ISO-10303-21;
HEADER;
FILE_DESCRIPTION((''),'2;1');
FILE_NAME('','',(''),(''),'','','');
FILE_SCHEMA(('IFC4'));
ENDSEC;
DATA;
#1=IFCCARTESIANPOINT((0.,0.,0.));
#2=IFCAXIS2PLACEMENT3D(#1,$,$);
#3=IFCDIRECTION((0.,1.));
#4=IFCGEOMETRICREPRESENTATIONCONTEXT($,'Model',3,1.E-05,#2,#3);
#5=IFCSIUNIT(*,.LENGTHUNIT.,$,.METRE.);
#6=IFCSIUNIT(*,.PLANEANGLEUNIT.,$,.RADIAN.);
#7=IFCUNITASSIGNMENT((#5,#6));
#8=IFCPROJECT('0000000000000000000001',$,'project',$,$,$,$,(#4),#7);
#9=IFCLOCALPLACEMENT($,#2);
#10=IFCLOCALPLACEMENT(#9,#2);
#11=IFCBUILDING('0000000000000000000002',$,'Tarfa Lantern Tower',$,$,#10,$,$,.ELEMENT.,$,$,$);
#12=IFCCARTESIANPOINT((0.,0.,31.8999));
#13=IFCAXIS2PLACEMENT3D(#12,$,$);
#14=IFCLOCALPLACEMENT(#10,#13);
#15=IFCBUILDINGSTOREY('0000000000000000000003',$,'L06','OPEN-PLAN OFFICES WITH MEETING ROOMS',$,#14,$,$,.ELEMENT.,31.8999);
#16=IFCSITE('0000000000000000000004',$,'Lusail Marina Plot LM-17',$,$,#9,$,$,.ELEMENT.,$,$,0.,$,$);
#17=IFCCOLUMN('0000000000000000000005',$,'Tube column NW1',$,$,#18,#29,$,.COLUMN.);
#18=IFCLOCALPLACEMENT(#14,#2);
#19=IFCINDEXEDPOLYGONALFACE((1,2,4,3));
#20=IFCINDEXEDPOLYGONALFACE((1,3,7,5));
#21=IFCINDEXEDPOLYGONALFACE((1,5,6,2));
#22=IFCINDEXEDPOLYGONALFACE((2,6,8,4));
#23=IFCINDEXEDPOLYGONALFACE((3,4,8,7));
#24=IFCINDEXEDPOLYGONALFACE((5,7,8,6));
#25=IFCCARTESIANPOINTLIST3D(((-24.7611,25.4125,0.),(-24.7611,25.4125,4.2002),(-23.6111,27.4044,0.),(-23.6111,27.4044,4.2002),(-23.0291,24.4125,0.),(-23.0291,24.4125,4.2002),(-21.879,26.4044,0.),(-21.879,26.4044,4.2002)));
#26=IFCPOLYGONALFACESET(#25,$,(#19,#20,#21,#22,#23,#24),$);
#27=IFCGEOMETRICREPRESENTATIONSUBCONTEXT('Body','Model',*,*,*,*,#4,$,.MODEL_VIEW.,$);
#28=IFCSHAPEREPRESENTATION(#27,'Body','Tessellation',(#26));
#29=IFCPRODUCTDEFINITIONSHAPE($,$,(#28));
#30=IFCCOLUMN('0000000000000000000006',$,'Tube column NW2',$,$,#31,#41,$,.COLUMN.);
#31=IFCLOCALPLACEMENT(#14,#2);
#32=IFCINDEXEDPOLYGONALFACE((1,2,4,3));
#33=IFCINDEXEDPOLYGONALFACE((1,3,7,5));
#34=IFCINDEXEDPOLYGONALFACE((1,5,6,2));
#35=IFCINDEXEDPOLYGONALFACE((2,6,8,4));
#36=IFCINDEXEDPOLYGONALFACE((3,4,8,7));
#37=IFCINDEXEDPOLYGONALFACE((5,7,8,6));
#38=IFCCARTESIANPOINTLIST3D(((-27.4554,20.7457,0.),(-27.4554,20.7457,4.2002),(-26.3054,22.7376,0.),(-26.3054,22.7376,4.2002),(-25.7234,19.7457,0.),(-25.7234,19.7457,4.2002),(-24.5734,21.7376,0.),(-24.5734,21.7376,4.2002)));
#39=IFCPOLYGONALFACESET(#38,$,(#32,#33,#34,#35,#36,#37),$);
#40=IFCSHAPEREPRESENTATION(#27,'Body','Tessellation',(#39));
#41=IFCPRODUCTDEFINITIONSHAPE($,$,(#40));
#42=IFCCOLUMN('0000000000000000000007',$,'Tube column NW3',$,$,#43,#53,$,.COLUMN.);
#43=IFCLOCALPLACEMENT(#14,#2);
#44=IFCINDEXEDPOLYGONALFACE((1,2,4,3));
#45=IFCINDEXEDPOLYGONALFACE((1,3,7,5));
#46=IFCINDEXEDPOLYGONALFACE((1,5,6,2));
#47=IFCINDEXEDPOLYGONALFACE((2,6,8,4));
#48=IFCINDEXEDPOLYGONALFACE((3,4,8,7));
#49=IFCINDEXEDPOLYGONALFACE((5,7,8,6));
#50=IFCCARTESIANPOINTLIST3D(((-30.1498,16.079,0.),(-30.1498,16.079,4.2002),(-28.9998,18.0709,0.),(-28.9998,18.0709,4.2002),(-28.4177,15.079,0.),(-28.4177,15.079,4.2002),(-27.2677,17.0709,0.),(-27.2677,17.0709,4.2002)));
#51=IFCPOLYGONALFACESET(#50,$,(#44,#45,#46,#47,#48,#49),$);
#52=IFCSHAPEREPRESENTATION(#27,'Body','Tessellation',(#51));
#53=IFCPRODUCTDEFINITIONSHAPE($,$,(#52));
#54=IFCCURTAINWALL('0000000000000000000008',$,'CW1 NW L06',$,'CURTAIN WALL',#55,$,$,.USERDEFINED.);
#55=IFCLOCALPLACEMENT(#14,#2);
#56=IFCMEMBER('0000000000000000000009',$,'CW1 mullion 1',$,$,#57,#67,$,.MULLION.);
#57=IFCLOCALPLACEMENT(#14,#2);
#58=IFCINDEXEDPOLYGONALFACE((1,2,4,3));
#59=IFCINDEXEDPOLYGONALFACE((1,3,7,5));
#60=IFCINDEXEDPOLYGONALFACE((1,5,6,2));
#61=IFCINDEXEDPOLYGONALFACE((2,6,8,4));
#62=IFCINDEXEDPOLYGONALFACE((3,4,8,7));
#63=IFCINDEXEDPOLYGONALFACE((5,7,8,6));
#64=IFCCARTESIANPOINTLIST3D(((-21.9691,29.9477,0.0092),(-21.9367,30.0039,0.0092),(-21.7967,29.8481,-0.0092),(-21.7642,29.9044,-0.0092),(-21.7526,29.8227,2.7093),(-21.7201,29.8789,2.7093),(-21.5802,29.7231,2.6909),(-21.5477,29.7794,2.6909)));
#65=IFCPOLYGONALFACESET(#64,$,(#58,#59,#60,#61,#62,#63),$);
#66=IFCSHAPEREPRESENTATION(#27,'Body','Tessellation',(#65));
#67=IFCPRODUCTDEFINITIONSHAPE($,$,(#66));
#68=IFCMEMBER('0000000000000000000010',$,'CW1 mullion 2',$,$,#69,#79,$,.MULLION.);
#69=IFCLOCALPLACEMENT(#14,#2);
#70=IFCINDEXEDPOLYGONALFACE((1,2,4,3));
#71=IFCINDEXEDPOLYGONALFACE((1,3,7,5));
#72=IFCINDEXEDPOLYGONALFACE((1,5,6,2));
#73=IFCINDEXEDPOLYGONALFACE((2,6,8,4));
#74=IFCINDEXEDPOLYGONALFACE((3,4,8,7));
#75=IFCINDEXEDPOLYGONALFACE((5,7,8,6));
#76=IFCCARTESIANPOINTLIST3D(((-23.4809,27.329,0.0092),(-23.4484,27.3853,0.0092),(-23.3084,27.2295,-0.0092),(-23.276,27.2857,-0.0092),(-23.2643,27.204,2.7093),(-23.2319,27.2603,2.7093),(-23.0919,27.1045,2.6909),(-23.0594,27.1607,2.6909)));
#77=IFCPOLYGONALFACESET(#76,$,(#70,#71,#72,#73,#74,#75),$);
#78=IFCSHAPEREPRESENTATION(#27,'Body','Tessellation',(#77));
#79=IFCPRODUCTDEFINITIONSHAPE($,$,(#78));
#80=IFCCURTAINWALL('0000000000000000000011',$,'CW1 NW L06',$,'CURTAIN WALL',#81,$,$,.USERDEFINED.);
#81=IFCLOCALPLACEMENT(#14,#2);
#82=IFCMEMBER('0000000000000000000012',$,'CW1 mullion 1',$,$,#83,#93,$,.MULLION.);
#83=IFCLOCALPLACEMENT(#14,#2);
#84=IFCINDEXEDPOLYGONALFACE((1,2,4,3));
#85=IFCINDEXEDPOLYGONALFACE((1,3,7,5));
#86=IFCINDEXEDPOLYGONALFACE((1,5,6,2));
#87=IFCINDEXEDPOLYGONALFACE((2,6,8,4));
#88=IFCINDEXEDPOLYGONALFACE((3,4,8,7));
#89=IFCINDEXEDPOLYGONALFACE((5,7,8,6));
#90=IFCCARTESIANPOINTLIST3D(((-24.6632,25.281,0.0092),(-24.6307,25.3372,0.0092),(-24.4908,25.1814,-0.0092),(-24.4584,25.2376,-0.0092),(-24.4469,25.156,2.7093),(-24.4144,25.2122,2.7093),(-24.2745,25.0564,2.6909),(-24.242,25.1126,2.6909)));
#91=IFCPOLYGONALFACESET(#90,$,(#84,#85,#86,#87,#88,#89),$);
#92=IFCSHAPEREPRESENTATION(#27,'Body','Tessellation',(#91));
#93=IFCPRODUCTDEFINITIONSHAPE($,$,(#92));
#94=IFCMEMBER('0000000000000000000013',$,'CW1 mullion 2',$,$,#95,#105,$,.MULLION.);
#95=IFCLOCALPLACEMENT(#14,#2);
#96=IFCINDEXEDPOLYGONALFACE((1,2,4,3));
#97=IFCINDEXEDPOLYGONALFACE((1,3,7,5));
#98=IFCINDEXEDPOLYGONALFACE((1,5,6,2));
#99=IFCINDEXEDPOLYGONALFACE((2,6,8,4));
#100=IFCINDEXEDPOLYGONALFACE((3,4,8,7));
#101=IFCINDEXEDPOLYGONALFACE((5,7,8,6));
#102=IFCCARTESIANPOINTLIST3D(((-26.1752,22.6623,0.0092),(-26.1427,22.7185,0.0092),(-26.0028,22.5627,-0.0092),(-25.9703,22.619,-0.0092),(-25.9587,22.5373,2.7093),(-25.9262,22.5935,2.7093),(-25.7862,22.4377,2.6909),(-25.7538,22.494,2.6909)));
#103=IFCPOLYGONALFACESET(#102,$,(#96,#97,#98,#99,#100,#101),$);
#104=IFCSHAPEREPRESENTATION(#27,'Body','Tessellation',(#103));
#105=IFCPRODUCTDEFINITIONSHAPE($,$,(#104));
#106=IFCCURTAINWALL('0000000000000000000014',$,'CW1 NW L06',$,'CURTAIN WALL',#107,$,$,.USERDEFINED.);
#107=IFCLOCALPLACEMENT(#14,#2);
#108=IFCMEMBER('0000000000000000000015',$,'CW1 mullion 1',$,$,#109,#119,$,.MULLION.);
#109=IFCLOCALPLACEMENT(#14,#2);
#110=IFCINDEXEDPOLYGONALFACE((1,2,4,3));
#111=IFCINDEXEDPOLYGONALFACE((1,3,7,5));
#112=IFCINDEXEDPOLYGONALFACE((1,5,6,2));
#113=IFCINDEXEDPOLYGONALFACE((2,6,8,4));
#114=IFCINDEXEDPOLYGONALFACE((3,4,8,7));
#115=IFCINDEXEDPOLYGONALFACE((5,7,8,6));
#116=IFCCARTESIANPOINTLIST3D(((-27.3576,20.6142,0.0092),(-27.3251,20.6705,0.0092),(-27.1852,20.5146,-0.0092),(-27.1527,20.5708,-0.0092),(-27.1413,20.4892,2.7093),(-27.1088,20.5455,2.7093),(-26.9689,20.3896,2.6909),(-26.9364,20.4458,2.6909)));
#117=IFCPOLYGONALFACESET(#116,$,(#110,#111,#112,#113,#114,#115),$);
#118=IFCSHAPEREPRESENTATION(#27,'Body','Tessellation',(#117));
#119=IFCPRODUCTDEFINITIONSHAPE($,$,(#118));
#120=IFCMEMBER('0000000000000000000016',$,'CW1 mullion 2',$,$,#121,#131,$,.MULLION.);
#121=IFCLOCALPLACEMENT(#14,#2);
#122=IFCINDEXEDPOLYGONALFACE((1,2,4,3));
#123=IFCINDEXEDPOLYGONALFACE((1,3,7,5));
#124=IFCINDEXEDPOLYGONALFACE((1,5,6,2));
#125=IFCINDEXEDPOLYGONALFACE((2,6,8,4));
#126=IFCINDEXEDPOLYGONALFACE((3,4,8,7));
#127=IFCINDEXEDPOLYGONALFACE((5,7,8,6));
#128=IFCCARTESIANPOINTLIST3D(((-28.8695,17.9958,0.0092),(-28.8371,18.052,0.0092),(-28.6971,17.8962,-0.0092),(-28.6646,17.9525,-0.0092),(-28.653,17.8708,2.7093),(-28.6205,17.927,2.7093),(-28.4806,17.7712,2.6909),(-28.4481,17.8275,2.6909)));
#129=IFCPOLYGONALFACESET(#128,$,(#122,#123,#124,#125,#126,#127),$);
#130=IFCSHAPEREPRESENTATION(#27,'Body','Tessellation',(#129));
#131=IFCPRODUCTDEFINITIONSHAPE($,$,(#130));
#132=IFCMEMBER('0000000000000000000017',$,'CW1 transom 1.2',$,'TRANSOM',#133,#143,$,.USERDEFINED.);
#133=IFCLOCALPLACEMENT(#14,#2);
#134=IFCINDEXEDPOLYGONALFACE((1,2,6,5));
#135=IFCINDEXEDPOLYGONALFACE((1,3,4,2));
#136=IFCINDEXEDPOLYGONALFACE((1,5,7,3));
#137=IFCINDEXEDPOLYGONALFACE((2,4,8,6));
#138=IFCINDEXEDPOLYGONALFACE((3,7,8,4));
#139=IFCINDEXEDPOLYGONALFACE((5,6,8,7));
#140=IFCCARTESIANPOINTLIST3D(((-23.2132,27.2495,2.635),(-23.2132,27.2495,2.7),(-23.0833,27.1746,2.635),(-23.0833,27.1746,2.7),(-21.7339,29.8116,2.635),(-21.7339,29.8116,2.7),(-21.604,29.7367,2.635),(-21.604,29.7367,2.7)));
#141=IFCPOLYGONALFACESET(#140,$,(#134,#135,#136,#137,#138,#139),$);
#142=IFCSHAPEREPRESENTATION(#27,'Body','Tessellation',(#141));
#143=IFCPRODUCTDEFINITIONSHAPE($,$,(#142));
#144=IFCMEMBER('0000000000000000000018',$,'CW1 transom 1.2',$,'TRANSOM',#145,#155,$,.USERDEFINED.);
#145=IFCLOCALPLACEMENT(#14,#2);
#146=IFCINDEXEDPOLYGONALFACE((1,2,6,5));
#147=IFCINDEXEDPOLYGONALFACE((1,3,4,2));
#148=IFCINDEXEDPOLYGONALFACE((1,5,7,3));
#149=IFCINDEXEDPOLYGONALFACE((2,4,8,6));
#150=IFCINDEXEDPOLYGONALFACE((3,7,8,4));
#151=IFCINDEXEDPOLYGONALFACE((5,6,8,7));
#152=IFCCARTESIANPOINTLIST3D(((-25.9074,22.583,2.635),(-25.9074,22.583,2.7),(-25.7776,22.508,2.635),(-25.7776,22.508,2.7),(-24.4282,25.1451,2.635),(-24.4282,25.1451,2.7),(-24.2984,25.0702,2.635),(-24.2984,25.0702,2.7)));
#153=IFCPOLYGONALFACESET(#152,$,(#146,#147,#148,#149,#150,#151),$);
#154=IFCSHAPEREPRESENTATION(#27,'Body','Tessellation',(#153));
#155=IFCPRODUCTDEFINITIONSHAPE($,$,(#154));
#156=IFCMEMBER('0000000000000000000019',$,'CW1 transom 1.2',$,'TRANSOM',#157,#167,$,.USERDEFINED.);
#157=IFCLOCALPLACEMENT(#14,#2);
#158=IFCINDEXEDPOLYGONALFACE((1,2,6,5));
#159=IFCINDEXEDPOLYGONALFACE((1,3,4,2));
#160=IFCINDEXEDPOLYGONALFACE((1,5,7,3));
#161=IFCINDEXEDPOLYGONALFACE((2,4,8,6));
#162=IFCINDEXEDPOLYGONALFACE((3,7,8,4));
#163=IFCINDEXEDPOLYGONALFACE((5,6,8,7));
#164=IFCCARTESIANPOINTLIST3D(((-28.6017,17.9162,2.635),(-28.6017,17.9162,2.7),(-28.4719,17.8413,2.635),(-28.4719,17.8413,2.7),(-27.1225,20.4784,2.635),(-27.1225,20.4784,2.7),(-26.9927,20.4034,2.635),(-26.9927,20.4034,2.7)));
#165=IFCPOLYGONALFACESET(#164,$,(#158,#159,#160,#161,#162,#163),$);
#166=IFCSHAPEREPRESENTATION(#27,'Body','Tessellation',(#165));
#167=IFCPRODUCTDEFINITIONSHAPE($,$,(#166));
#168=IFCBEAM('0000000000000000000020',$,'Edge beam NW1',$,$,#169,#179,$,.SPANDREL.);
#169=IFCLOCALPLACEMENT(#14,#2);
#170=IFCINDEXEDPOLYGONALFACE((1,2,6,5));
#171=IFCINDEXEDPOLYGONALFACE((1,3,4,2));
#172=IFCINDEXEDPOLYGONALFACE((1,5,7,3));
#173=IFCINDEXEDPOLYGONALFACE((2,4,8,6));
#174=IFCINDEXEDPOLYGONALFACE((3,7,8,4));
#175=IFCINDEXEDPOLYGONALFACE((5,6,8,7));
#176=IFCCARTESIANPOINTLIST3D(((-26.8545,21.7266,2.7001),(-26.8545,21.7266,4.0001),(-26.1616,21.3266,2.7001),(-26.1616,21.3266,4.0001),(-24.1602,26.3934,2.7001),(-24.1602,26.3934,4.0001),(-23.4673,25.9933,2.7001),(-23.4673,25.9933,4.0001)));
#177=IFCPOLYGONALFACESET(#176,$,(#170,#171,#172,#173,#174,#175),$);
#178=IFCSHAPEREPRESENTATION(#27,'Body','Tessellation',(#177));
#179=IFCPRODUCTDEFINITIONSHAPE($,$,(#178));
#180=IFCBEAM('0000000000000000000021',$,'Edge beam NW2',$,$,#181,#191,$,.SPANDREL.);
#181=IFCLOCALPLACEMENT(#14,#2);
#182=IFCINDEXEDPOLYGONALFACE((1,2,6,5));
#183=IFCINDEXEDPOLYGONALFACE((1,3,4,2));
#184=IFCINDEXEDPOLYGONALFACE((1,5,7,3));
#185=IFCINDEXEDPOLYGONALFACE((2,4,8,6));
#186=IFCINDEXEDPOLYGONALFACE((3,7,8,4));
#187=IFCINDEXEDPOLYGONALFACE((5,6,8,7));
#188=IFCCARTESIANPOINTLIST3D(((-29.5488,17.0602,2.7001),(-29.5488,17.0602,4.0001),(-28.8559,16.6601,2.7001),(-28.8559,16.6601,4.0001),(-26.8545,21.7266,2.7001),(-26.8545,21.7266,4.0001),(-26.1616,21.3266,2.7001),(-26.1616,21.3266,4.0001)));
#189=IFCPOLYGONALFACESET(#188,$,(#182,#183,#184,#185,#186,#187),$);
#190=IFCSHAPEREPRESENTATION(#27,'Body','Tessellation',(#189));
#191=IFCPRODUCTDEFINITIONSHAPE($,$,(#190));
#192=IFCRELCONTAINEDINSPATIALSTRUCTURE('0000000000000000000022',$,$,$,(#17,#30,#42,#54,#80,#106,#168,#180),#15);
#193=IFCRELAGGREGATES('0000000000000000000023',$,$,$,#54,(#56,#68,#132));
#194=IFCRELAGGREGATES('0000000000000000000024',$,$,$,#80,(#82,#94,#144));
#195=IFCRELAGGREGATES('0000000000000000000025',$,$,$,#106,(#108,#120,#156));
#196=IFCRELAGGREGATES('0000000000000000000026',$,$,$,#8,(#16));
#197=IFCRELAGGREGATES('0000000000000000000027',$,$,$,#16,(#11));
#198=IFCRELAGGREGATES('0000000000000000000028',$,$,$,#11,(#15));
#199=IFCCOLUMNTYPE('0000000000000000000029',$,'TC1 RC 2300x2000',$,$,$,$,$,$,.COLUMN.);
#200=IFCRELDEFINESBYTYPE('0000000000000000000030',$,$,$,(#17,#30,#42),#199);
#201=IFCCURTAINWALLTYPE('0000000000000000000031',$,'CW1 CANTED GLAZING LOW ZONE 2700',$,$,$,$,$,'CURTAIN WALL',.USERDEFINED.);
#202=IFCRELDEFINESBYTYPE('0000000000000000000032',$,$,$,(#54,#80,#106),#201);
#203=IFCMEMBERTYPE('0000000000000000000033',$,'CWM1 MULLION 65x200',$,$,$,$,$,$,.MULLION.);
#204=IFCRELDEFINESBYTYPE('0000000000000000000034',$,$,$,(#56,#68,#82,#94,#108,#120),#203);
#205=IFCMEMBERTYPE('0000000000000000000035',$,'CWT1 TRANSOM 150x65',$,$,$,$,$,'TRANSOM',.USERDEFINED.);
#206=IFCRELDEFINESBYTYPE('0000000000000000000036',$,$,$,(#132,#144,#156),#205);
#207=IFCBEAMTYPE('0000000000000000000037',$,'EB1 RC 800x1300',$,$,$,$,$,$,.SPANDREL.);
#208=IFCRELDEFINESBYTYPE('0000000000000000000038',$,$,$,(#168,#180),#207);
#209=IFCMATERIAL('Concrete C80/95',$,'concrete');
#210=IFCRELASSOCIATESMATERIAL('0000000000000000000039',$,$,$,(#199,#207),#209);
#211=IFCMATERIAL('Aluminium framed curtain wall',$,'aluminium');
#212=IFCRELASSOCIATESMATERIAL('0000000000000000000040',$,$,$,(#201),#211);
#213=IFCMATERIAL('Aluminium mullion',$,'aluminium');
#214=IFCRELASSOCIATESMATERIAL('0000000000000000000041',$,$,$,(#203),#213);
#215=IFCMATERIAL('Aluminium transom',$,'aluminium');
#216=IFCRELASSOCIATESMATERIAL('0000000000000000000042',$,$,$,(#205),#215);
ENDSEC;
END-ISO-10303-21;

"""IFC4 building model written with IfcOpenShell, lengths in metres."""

from ifc_helpers import new_model, si_unit, direction, frame, origin, origin_2d, place, context, subcontext, project, spatial, rectangle, extrude, material, material_profile, profile_set, type_object, element, aggregate, save


model = new_model("IFC4")

# Units and contexts
model_context = context("Model", 3, precision=1e-05, world=origin(), true_north=direction((0.0, 1.0)))
body_context = subcontext(model_context, "Body", "Model", "MODEL_VIEW")
ifc_project = project(units=[si_unit("LENGTHUNIT", "METRE"), si_unit("PLANEANGLEUNIT", "RADIAN")], contexts=[model_context])

# Site, building, storey
site_placement = place(None, origin())
site = spatial("IfcSite", under=ifc_project, at=site_placement, Name="Lusail Marina Plot LM-17", CompositionType="ELEMENT", RefElevation=0.0)
building_placement = place(site_placement, origin())
building = spatial("IfcBuilding", under=site, at=building_placement, Name="Tarfa Lantern Tower", CompositionType="ELEMENT")
storey_placement = place(building_placement, frame((0.0, 0.0, 31.8999)))
storey = spatial("IfcBuildingStorey", under=building, at=storey_placement, Name="L06", Description="OPEN-PLAN OFFICES WITH MEETING ROOMS", CompositionType="ELEMENT", Elevation=31.8999)

# Columns
ifc_material_1 = material(Name="Concrete C80/95", Category="concrete")
ifc_material_profile_1 = material_profile(ifc_material_1, rectangle(XDim=2.3, YDim=2.0, at=origin_2d()), Name="RC 2300x2000")
ifc_profile_set_1 = profile_set([ifc_material_profile_1], Name="Concrete C80/95")
column_type = type_object("IfcColumnType", Name="TC1 RC 2300x2000", PredefinedType="COLUMN", material=ifc_profile_set_1)
for number, where, z_axis, x_axis, name in (
    (1, (-23.3201, 25.9084, 0.0), (0.0, 0.0, 1.0), (-0.5, -0.866025, 0.0), "Tube column NW1"),
    (2, (-26.0144, 21.2417, 0.0), (0.0, 0.0, 1.0), (-0.5, -0.866025, 0.0), "Tube column NW2"),
    (3, (-28.7087, 16.575, 0.0), (0.0, 0.0, 1.0), (-0.5, -0.866025, 0.0), "Tube column NW3"),
):
    element("IfcColumn", number, at=place(storey_placement, frame(where, z_axis=z_axis, x_axis=x_axis)), inside=storey, type_object=column_type, Name=name, PredefinedType="COLUMN", context=body_context, shape_type="SweptSolid", body=[
        extrude(rectangle(XDim=2.3, YDim=2.0, at=origin_2d()), origin(), (0.0, 0.0, 1.0), 4.2002),
    ])

# Curtain walls, members
ifc_material_2 = material(Name="Aluminium framed curtain wall", Category="aluminium")
curtain_wall_type = type_object("IfcCurtainWallType", Name="CW1 CANTED GLAZING LOW ZONE 2700", ElementType="CURTAIN WALL", PredefinedType="USERDEFINED", material=ifc_material_2)
curtain_wall_1_placement = place(storey_placement, origin())
curtain_wall_1 = element("IfcCurtainWall", 4, at=curtain_wall_1_placement, inside=storey, type_object=curtain_wall_type, Name="CW1 NW L06", ObjectType="CURTAIN WALL", PredefinedType="USERDEFINED")
ifc_material_3 = material(Name="Aluminium mullion", Category="aluminium")
ifc_material_profile_2 = material_profile(ifc_material_3, rectangle(XDim=0.0649, YDim=0.2, at=origin_2d()), Name="AL MULLION 65x200")
ifc_profile_set_2 = profile_set([ifc_material_profile_2], Name="Aluminium mullion")
member_type_1 = type_object("IfcMemberType", Name="CWM1 MULLION 65x200", PredefinedType="MULLION", material=ifc_profile_set_2)
member_1_placement = place(storey_placement, frame((-21.8667, 29.926, 0.0), z_axis=(0.079857, -0.046096, 0.99574), x_axis=(0.49992, 0.866072, 0.0)))
member_1 = element("IfcMember", 5, at=member_1_placement, type_object=member_type_1, Name="CW1 mullion 1", PredefinedType="MULLION", context=body_context, shape_type="SweptSolid", body=[
    extrude(rectangle(XDim=0.0649, YDim=0.2, at=origin_2d()), origin(), (0.0, 0.0, 1.0), 2.7117),
])
member_2_placement = place(storey_placement, frame((-23.3784, 27.3074, 0.0), z_axis=(0.079857, -0.046096, 0.99574), x_axis=(0.49992, 0.866072, 0.0)))
member_2 = element("IfcMember", 6, at=member_2_placement, type_object=member_type_1, Name="CW1 mullion 2", PredefinedType="MULLION", context=body_context, shape_type="SweptSolid", body=[
    extrude(rectangle(XDim=0.0649, YDim=0.2, at=origin_2d()), origin(), (0.0, 0.0, 1.0), 2.7117),
])
curtain_wall_2_placement = place(storey_placement, origin())
curtain_wall_2 = element("IfcCurtainWall", 7, at=curtain_wall_2_placement, inside=storey, type_object=curtain_wall_type, Name="CW1 NW L06", ObjectType="CURTAIN WALL", PredefinedType="USERDEFINED")
member_3_placement = place(storey_placement, frame((-24.5608, 25.2593, 0.0), z_axis=(0.079768, -0.046096, 0.995747), x_axis=(0.500343, 0.865827, 0.0)))
member_3 = element("IfcMember", 8, at=member_3_placement, type_object=member_type_1, Name="CW1 mullion 1", PredefinedType="MULLION", context=body_context, shape_type="SweptSolid", body=[
    extrude(rectangle(XDim=0.0649, YDim=0.2, at=origin_2d()), origin(), (0.0, 0.0, 1.0), 2.7117),
])
member_4_placement = place(storey_placement, frame((-26.0728, 22.6406, 0.0), z_axis=(0.079857, -0.046096, 0.99574), x_axis=(0.49992, 0.866072, 0.0)))
member_4 = element("IfcMember", 9, at=member_4_placement, type_object=member_type_1, Name="CW1 mullion 2", PredefinedType="MULLION", context=body_context, shape_type="SweptSolid", body=[
    extrude(rectangle(XDim=0.0649, YDim=0.2, at=origin_2d()), origin(), (0.0, 0.0, 1.0), 2.7117),
])
curtain_wall_3_placement = place(storey_placement, origin())
curtain_wall_3 = element("IfcCurtainWall", 10, at=curtain_wall_3_placement, inside=storey, type_object=curtain_wall_type, Name="CW1 NW L06", ObjectType="CURTAIN WALL", PredefinedType="USERDEFINED")
member_5_placement = place(storey_placement, frame((-27.2551, 20.5925, 0.0), z_axis=(0.079768, -0.046096, 0.995747), x_axis=(0.500343, 0.865827, 0.0)))
member_5 = element("IfcMember", 11, at=member_5_placement, type_object=member_type_1, Name="CW1 mullion 1", PredefinedType="MULLION", context=body_context, shape_type="SweptSolid", body=[
    extrude(rectangle(XDim=0.0649, YDim=0.2, at=origin_2d()), origin(), (0.0, 0.0, 1.0), 2.7117),
])
member_6_placement = place(storey_placement, frame((-28.7671, 17.9741, 0.0), z_axis=(0.079857, -0.046096, 0.99574), x_axis=(0.49992, 0.866072, 0.0)))
member_6 = element("IfcMember", 12, at=member_6_placement, type_object=member_type_1, Name="CW1 mullion 2", PredefinedType="MULLION", context=body_context, shape_type="SweptSolid", body=[
    extrude(rectangle(XDim=0.0649, YDim=0.2, at=origin_2d()), origin(), (0.0, 0.0, 1.0), 2.7117),
])

# Members
ifc_material_4 = material(Name="Aluminium transom", Category="aluminium")
ifc_material_profile_3 = material_profile(ifc_material_4, rectangle(XDim=0.1499, YDim=0.0649, at=origin_2d()), Name="AL TRANSOM 150x65")
ifc_profile_set_3 = profile_set([ifc_material_profile_3], Name="Aluminium transom")
member_type_2 = type_object("IfcMemberType", Name="CWT1 TRANSOM 150x65", ElementType="TRANSOM", PredefinedType="USERDEFINED", material=ifc_profile_set_3)
member_7_placement = place(storey_placement, frame((-21.6689, 29.7742, 2.6675), z_axis=(-0.500018, -0.866015, 0.0), x_axis=(0.866015, -0.500018, 0.0)))
member_7 = element("IfcMember", 13, at=member_7_placement, type_object=member_type_2, Name="CW1 transom 1.2", ObjectType="TRANSOM", PredefinedType="USERDEFINED", context=body_context, shape_type="SweptSolid", body=[
    extrude(rectangle(XDim=0.1499, YDim=0.0649, at=origin_2d()), origin(), (0.0, 0.0, 1.0), 2.9585),
])
member_8_placement = place(storey_placement, frame((-24.3633, 25.1077, 2.6675), z_axis=(-0.499982, -0.866036, 0.0), x_axis=(0.866036, -0.499982, 0.0)))
member_8 = element("IfcMember", 14, at=member_8_placement, type_object=member_type_2, Name="CW1 transom 1.2", ObjectType="TRANSOM", PredefinedType="USERDEFINED", context=body_context, shape_type="SweptSolid", body=[
    extrude(rectangle(XDim=0.1499, YDim=0.0649, at=origin_2d()), origin(), (0.0, 0.0, 1.0), 2.9585),
])
member_9_placement = place(storey_placement, frame((-27.0576, 20.4409, 2.6675), z_axis=(-0.499982, -0.866036, 0.0), x_axis=(0.866036, -0.499982, 0.0)))
member_9 = element("IfcMember", 15, at=member_9_placement, type_object=member_type_2, Name="CW1 transom 1.2", ObjectType="TRANSOM", PredefinedType="USERDEFINED", context=body_context, shape_type="SweptSolid", body=[
    extrude(rectangle(XDim=0.1499, YDim=0.0649, at=origin_2d()), origin(), (0.0, 0.0, 1.0), 2.9585),
])

# Beams
ifc_material_profile_4 = material_profile(ifc_material_1, rectangle(XDim=0.8, YDim=1.3, at=origin_2d()), Name="RC 800x1300")
ifc_profile_set_4 = profile_set([ifc_material_profile_4], Name="Concrete C80/95")
beam_type_1 = type_object("IfcBeamType", Name="EB1 RC 800x1300", PredefinedType="SPANDREL", material=ifc_profile_set_4)
beam_1_placement = place(storey_placement, frame((-23.8137, 26.1934, 3.3501), z_axis=(-0.499998, -0.866026, 0.0), x_axis=(0.866026, -0.499998, 0.0)))
element("IfcBeam", 16, at=beam_1_placement, inside=storey, type_object=beam_type_1, Name="Edge beam NW1", PredefinedType="SPANDREL", context=body_context, shape_type="SweptSolid", body=[
    extrude(rectangle(XDim=0.8, YDim=1.3, at=origin_2d()), origin(), (0.0, 0.0, 1.0), 5.3887),
])
beam_2_placement = place(storey_placement, frame((-26.5081, 21.5266, 3.3501), z_axis=(-0.500018, -0.866015, 0.0), x_axis=(0.866015, -0.500018, 0.0)))
element("IfcBeam", 17, at=beam_2_placement, inside=storey, type_object=beam_type_1, Name="Edge beam NW2", PredefinedType="SPANDREL", context=body_context, shape_type="SweptSolid", body=[
    extrude(rectangle(XDim=0.8, YDim=1.3, at=origin_2d()), origin(), (0.0, 0.0, 1.0), 5.3884),
])

aggregate(curtain_wall_1, [member_1, member_2, member_7])
aggregate(curtain_wall_2, [member_3, member_4, member_8])
aggregate(curtain_wall_3, [member_5, member_6, member_9])

save(model, "model.ifc")
